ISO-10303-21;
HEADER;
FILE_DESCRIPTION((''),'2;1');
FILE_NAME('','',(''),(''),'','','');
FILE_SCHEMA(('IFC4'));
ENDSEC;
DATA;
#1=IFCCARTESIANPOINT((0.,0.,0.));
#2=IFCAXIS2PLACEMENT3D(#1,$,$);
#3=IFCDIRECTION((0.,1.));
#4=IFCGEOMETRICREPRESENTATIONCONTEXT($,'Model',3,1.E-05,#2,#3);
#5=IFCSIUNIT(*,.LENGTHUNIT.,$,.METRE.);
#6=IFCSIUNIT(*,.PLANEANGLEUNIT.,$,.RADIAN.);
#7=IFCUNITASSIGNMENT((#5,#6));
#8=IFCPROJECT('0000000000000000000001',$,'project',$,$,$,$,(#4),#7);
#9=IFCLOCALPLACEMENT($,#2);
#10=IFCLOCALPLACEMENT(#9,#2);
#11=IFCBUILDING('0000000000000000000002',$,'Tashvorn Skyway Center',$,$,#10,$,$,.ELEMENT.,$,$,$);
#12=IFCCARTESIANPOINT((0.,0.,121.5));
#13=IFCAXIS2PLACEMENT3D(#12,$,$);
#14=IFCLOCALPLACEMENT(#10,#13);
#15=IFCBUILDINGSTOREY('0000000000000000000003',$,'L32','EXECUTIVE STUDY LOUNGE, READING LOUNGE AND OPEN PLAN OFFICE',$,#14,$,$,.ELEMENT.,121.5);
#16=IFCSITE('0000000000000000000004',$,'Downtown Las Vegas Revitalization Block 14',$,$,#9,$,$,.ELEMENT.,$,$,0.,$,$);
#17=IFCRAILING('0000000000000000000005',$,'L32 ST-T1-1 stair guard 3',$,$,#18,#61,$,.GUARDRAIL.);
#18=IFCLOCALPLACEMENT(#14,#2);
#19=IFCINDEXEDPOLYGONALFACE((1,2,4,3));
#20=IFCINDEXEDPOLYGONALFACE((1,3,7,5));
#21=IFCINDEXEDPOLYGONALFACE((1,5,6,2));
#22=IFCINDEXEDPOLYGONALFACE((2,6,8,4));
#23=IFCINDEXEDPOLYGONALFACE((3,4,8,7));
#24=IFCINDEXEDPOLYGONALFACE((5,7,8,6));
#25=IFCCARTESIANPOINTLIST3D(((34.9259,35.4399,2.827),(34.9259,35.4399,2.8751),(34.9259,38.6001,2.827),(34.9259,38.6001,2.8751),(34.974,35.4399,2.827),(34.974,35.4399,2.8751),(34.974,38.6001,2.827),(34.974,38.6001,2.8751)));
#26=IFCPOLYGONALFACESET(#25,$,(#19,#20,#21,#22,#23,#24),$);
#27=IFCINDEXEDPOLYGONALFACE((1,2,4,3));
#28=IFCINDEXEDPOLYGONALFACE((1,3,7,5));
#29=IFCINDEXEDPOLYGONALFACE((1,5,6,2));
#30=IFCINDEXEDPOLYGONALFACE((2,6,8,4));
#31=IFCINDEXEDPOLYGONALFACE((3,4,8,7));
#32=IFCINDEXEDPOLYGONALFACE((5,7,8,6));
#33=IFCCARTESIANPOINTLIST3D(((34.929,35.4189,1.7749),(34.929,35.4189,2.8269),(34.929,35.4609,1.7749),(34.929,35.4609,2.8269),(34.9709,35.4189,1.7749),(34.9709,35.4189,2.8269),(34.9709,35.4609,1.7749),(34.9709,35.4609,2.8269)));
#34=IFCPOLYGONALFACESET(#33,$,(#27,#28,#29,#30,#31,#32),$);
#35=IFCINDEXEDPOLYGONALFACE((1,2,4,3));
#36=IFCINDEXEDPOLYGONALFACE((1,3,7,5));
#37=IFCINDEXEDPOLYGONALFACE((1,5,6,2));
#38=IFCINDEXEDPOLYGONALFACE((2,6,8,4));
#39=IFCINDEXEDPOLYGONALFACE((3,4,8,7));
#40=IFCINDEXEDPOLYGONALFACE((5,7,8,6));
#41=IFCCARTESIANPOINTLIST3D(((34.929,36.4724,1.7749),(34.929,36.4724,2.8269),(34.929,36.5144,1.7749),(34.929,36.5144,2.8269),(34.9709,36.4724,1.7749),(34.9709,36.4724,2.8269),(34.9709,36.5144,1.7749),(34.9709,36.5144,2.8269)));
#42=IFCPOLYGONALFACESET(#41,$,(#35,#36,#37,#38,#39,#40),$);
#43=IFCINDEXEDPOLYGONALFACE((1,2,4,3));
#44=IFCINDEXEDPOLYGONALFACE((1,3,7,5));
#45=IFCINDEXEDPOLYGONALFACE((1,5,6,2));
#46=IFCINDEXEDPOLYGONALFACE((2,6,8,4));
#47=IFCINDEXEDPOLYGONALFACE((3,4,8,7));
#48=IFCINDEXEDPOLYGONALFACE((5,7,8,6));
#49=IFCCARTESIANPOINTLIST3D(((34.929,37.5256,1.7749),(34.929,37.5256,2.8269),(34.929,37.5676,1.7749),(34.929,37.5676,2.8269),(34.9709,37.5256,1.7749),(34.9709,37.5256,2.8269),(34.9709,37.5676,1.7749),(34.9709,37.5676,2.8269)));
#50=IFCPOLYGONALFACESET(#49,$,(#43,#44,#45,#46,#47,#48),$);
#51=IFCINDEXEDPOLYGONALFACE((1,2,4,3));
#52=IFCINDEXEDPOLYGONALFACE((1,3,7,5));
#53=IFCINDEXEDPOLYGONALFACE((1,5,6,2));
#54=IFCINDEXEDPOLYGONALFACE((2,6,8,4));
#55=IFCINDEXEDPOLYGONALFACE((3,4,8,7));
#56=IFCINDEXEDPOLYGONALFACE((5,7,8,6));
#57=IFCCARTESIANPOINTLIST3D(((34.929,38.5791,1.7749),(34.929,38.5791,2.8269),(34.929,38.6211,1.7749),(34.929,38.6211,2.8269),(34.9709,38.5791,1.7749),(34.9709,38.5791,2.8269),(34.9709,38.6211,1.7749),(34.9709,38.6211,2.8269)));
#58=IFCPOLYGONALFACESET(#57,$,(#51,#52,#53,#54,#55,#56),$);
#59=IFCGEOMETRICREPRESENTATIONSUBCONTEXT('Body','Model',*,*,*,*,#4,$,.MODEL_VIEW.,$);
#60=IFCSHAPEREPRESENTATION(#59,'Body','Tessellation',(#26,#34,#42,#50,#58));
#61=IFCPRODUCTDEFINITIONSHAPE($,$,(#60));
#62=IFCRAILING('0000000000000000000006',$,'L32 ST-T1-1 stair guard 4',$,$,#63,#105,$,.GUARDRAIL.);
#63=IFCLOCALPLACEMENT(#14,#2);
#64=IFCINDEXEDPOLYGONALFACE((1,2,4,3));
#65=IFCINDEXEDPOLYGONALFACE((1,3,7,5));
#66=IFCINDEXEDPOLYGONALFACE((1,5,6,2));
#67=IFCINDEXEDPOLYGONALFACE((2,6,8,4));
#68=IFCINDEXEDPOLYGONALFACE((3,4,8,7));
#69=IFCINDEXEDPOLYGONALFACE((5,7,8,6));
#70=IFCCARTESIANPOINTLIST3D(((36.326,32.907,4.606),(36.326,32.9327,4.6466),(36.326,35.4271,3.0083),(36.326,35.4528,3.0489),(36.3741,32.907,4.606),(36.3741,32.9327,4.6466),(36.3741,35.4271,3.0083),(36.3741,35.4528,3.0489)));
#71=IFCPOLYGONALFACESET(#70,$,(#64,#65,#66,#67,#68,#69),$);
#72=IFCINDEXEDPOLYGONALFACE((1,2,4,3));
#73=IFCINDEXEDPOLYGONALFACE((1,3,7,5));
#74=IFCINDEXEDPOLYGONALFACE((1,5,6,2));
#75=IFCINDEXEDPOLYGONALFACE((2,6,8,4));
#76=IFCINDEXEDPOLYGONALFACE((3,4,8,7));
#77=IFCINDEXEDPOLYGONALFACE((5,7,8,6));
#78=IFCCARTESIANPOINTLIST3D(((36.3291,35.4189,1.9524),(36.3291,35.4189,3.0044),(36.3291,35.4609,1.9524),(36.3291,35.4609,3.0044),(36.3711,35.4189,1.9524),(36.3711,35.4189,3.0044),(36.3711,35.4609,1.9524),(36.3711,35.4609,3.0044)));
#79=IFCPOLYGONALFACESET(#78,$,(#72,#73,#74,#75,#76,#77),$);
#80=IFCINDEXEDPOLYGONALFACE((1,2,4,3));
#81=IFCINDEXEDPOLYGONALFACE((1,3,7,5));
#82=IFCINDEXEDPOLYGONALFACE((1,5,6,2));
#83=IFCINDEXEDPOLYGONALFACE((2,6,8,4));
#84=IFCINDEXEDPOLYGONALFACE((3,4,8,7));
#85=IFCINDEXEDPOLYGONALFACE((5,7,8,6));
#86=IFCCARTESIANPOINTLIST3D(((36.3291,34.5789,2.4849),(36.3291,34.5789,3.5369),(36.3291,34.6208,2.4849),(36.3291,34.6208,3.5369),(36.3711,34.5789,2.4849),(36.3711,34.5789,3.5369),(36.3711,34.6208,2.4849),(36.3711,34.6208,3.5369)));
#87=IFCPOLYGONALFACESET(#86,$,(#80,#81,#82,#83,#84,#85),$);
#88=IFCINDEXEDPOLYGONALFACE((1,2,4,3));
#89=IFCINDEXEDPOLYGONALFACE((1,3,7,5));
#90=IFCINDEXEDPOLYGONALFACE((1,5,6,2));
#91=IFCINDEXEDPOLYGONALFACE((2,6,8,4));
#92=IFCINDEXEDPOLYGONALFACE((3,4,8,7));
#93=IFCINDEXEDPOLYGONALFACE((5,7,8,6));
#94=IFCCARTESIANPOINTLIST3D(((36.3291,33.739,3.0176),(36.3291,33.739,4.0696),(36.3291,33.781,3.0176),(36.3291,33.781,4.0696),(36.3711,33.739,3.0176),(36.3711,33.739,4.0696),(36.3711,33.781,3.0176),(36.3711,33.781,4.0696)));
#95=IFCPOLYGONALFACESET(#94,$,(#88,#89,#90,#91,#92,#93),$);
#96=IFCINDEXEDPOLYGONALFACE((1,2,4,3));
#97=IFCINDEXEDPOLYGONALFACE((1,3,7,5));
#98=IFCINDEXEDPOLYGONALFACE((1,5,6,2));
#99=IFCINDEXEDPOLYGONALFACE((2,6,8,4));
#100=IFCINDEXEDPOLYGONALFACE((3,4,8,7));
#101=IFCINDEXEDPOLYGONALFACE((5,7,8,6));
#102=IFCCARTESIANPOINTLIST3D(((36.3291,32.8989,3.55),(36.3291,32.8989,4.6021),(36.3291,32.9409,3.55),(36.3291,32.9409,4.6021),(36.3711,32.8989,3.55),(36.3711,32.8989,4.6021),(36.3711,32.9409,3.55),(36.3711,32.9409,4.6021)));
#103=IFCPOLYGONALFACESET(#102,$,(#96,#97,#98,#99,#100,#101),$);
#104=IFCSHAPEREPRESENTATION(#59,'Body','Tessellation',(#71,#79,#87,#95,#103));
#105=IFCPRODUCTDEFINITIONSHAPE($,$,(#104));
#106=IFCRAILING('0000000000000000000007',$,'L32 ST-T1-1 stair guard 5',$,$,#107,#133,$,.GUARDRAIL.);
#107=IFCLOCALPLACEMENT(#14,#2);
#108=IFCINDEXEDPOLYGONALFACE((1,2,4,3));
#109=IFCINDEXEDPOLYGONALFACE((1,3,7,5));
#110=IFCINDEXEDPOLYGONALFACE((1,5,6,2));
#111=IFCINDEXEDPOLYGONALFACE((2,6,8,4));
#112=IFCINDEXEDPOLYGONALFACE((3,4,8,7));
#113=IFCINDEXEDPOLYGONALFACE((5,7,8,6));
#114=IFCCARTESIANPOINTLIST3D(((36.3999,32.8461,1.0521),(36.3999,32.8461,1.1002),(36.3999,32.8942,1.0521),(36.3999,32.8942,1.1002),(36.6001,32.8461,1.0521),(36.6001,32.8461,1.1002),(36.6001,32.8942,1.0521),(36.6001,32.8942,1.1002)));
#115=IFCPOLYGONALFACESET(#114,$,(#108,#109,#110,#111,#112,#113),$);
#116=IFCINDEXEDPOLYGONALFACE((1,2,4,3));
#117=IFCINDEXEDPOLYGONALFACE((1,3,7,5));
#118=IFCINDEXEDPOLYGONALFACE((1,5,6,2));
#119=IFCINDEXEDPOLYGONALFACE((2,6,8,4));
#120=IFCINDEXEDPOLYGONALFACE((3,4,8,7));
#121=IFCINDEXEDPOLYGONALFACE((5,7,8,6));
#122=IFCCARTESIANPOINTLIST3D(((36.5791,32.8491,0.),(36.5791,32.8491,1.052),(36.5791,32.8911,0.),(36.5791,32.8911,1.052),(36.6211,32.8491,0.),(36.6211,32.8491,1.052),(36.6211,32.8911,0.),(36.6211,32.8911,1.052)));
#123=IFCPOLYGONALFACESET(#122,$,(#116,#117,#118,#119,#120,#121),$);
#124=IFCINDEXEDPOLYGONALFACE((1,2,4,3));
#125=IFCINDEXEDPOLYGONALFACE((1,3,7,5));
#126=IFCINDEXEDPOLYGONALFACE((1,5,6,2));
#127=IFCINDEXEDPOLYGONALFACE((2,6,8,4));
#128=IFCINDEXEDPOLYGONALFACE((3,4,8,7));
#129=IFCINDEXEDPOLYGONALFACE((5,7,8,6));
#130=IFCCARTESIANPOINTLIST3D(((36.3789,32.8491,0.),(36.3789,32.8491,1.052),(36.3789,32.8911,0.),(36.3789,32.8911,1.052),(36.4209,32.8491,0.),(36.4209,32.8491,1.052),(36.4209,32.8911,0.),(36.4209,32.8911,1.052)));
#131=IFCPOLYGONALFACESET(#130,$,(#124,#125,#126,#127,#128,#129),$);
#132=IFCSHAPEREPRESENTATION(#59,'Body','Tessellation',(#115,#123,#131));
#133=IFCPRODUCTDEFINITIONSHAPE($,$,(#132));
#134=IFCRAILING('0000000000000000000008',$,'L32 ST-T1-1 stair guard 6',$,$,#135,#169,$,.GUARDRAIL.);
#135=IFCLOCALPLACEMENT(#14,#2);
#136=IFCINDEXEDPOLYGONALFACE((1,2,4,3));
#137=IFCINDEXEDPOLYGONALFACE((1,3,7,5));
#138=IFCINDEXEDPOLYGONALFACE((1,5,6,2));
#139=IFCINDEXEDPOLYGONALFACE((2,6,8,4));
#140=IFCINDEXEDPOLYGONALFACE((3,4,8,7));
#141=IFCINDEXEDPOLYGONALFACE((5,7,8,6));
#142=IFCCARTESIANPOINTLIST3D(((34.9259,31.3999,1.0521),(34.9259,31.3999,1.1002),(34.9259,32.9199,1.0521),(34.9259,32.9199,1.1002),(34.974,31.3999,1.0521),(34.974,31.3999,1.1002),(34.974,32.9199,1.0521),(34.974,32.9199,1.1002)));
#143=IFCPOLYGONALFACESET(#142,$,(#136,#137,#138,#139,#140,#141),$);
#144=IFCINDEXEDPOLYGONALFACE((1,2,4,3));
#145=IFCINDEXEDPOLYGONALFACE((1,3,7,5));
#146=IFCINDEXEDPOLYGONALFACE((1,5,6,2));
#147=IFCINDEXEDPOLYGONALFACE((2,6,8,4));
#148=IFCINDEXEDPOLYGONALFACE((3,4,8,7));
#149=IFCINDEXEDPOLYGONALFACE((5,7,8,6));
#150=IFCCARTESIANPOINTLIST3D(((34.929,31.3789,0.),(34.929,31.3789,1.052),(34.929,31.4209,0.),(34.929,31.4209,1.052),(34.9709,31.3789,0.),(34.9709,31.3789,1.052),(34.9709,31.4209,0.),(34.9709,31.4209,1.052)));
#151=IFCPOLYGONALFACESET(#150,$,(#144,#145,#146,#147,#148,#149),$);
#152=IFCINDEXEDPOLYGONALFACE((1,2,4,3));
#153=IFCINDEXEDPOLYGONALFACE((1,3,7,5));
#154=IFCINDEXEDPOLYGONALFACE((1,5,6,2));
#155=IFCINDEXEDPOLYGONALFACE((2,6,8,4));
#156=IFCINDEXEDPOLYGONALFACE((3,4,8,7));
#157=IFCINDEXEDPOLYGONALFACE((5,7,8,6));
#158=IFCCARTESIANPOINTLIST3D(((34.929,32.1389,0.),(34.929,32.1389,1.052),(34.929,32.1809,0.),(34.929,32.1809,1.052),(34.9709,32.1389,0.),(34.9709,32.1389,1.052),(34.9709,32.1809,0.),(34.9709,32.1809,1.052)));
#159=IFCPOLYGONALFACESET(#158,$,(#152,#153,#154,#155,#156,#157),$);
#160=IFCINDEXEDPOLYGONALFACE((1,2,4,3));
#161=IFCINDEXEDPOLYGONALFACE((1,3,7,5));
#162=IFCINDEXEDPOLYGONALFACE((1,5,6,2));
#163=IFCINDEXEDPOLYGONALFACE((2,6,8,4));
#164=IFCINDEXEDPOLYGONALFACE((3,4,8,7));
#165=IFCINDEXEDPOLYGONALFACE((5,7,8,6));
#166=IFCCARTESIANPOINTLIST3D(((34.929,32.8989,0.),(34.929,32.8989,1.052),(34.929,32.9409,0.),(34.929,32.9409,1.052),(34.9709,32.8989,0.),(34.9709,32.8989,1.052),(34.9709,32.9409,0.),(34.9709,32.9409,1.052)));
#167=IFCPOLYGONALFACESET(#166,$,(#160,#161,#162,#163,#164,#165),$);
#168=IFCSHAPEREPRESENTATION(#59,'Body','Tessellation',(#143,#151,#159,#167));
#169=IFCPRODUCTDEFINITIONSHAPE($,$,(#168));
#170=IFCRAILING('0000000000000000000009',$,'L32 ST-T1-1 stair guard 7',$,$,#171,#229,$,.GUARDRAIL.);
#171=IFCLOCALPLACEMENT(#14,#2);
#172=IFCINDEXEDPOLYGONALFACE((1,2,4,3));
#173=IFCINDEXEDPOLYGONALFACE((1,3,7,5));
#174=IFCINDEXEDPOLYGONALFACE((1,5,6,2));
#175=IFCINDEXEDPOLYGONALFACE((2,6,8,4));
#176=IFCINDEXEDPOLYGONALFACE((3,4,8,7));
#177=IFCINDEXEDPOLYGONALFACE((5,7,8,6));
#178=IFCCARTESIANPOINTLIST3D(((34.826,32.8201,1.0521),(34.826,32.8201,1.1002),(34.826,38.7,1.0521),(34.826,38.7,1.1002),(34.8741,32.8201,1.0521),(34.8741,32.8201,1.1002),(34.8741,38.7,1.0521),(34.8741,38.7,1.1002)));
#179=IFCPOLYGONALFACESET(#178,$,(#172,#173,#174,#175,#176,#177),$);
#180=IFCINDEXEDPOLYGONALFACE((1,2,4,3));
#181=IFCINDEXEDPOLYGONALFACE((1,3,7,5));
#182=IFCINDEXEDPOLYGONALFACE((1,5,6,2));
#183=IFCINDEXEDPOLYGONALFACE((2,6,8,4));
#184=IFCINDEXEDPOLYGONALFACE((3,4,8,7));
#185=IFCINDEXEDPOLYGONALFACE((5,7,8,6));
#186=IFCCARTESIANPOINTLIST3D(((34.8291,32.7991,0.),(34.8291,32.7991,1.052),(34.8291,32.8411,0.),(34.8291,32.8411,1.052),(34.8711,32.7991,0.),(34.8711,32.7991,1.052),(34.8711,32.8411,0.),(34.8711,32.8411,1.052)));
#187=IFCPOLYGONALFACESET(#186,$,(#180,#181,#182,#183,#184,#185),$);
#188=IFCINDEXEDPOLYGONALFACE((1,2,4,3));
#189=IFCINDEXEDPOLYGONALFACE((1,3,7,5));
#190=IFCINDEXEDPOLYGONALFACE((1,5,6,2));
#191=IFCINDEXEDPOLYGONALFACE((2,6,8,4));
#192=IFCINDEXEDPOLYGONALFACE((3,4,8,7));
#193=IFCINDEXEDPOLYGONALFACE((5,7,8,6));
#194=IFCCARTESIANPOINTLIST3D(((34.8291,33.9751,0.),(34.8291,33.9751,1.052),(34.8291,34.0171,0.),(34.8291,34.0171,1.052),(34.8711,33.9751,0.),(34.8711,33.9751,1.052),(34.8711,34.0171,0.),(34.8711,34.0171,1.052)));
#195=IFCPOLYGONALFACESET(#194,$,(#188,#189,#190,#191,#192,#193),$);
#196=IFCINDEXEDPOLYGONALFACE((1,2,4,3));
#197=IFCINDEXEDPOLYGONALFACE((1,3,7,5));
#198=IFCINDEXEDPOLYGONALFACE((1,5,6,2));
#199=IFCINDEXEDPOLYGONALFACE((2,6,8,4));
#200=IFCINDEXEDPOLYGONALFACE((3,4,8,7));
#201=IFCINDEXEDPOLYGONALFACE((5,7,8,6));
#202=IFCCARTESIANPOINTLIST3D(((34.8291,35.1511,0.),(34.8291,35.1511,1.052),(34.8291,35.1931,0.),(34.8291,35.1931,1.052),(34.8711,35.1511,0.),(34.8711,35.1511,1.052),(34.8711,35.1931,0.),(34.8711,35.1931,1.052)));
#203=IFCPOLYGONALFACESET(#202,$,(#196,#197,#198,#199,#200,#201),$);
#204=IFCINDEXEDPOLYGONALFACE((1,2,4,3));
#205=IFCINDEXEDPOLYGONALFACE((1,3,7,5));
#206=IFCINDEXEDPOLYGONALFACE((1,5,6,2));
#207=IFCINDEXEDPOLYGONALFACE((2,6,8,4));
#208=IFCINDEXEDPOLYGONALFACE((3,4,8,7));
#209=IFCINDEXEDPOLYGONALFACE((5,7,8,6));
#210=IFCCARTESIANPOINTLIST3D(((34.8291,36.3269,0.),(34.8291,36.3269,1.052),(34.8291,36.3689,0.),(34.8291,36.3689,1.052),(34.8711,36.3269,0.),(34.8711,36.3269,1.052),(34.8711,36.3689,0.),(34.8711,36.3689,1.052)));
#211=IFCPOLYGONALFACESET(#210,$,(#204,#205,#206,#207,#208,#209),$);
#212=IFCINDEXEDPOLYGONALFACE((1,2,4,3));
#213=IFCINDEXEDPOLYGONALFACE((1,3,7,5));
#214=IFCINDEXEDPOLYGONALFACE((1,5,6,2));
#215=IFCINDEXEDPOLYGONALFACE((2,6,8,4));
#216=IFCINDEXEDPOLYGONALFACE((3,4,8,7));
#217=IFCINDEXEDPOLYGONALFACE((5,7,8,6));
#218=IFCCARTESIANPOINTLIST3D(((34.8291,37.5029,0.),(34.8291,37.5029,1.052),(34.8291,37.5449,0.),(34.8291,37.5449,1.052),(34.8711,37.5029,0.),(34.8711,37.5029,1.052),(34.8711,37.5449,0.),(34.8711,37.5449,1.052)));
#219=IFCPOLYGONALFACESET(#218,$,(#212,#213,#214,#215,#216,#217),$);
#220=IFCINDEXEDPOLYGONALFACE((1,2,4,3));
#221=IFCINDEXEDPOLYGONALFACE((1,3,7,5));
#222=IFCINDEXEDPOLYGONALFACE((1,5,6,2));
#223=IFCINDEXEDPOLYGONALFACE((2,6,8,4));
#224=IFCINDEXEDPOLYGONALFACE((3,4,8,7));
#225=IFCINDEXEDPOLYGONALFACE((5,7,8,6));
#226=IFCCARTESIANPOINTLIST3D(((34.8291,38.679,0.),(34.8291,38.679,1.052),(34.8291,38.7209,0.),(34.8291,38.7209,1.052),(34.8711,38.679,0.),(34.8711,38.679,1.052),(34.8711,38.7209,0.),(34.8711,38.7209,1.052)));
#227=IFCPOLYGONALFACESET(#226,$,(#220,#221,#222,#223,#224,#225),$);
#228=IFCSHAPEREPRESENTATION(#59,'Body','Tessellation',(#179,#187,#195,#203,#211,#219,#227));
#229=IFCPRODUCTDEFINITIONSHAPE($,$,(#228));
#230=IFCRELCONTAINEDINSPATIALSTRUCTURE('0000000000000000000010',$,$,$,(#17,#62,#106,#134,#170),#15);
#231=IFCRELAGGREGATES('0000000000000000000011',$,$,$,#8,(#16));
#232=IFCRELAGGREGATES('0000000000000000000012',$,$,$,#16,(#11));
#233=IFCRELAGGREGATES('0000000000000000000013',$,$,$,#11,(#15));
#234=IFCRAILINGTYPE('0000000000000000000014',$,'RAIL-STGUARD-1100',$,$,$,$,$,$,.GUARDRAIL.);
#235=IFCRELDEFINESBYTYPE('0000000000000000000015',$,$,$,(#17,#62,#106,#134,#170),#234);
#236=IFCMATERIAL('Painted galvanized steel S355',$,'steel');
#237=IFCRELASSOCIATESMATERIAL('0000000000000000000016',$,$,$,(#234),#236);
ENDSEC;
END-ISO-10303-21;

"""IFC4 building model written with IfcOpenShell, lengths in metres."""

from ifc_helpers import new_model, si_unit, direction, frame, origin, origin_2d, place, context, subcontext, project, spatial, rectangle, extrude, material, type_object, element, save


model = new_model("IFC4")

# Units and contexts
model_context = context("Model", 3, precision=1e-05, world=origin(), true_north=direction((0.0, 1.0)))
body_context = subcontext(model_context, "Body", "Model", "MODEL_VIEW")
ifc_project = project(units=[si_unit("LENGTHUNIT", "METRE"), si_unit("PLANEANGLEUNIT", "RADIAN")], contexts=[model_context])

# Site, building, storey
site_placement = place(None, origin())
site = spatial("IfcSite", under=ifc_project, at=site_placement, Name="Downtown Las Vegas Revitalization Block 14", CompositionType="ELEMENT", RefElevation=0.0)
building_placement = place(site_placement, origin())
building = spatial("IfcBuilding", under=site, at=building_placement, Name="Tashvorn Skyway Center", CompositionType="ELEMENT")
storey_placement = place(building_placement, frame((0.0, 0.0, 121.5)))
storey = spatial("IfcBuildingStorey", under=building, at=storey_placement, Name="L32", Description="EXECUTIVE STUDY LOUNGE, READING LOUNGE AND OPEN PLAN OFFICE", CompositionType="ELEMENT", Elevation=121.5)

# Railings
ifc_material_1 = material(Name="Painted galvanized steel S355", Category="steel")
railing_type_1 = type_object("IfcRailingType", Name="RAIL-STGUARD-1100", PredefinedType="GUARDRAIL", material=ifc_material_1)
railing_1_placement = place(storey_placement, frame((34.95, 35.4399, 1.7749)))
element("IfcRailing", 1, at=railing_1_placement, inside=storey, type_object=railing_type_1, Name="L32 ST-T1-1 stair guard 3", PredefinedType="GUARDRAIL", context=body_context, shape_type="SweptSolid", body=[
    extrude(rectangle(XDim=0.0481, YDim=0.0481, at=origin_2d()), frame((0.0, 0.0, 1.0762), z_axis=(0.0, 1.0, 0.0), x_axis=(-1.0, 0.0, 0.0)), (0.0, 0.0, 1.0), 3.1602),
    extrude(rectangle(XDim=0.042, YDim=0.042, at=origin_2d()), origin(), (0.0, 0.0, 1.0), 1.052),
    extrude(rectangle(XDim=0.042, YDim=0.042, at=origin_2d()), frame((0.0, 1.0535, 0.0)), (0.0, 0.0, 1.0), 1.052),
    extrude(rectangle(XDim=0.042, YDim=0.042, at=origin_2d()), frame((0.0, 2.1067, 0.0)), (0.0, 0.0, 1.0), 1.052),
    extrude(rectangle(XDim=0.042, YDim=0.042, at=origin_2d()), frame((0.0, 3.1602, 0.0)), (0.0, 0.0, 1.0), 1.052),
])
railing_2_placement = place(storey_placement, frame((36.3501, 35.4399, 1.9524)))
element("IfcRailing", 2, at=railing_2_placement, inside=storey, type_object=railing_type_1, Name="L32 ST-T1-1 stair guard 4", PredefinedType="GUARDRAIL", context=body_context, shape_type="SweptSolid", body=[
    extrude(rectangle(XDim=0.0481, YDim=0.0481, at=origin_2d()), frame((0.0, 0.0, 1.0762), z_axis=(0.0, -0.84457, 0.535445), x_axis=(1.0, 0.0, 0.0)), (0.0, 0.0, 1.0), 2.9839),
    extrude(rectangle(XDim=0.042, YDim=0.042, at=origin_2d()), origin(), (0.0, 0.0, 1.0), 1.052),
    extrude(rectangle(XDim=0.042, YDim=0.042, at=origin_2d()), frame((0.0, -0.8401, 0.5325)), (0.0, 0.0, 1.0), 1.052),
    extrude(rectangle(XDim=0.042, YDim=0.042, at=origin_2d()), frame((0.0, -1.6799, 1.0652)), (0.0, 0.0, 1.0), 1.052),
    extrude(rectangle(XDim=0.042, YDim=0.042, at=origin_2d()), frame((0.0, -2.52, 1.5977)), (0.0, 0.0, 1.0), 1.052),
])
railing_3_placement = place(storey_placement, frame((36.6001, 32.8701, 0.0)))
element("IfcRailing", 3, at=railing_3_placement, inside=storey, type_object=railing_type_1, Name="L32 ST-T1-1 stair guard 5", PredefinedType="GUARDRAIL", context=body_context, shape_type="SweptSolid", body=[
    extrude(rectangle(XDim=0.0481, YDim=0.0481, at=origin_2d()), frame((0.0, 0.0, 1.0762), z_axis=(-1.0, 0.0, 0.0), x_axis=(0.0, -1.0, 0.0)), (0.0, 0.0, 1.0), 0.2002),
    extrude(rectangle(XDim=0.042, YDim=0.042, at=origin_2d()), origin(), (0.0, 0.0, 1.0), 1.052),
    extrude(rectangle(XDim=0.042, YDim=0.042, at=origin_2d()), frame((-0.2002, 0.0, 0.0)), (0.0, 0.0, 1.0), 1.052),
])
railing_4_placement = place(storey_placement, frame((34.95, 31.3999, 0.0)))
element("IfcRailing", 4, at=railing_4_placement, inside=storey, type_object=railing_type_1, Name="L32 ST-T1-1 stair guard 6", PredefinedType="GUARDRAIL", context=body_context, shape_type="SweptSolid", body=[
    extrude(rectangle(XDim=0.0481, YDim=0.0481, at=origin_2d()), frame((0.0, 0.0, 1.0762), z_axis=(0.0, 1.0, 0.0), x_axis=(-1.0, 0.0, 0.0)), (0.0, 0.0, 1.0), 1.52),
    extrude(rectangle(XDim=0.042, YDim=0.042, at=origin_2d()), origin(), (0.0, 0.0, 1.0), 1.052),
    extrude(rectangle(XDim=0.042, YDim=0.042, at=origin_2d()), frame((0.0, 0.76, 0.0)), (0.0, 0.0, 1.0), 1.052),
    extrude(rectangle(XDim=0.042, YDim=0.042, at=origin_2d()), frame((0.0, 1.52, 0.0)), (0.0, 0.0, 1.0), 1.052),
])
railing_5_placement = place(storey_placement, frame((34.8501, 32.8201, 0.0)))
element("IfcRailing", 5, at=railing_5_placement, inside=storey, type_object=railing_type_1, Name="L32 ST-T1-1 stair guard 7", PredefinedType="GUARDRAIL", context=body_context, shape_type="SweptSolid", body=[
    extrude(rectangle(XDim=0.0481, YDim=0.0481, at=origin_2d()), frame((0.0, 0.0, 1.0762), z_axis=(0.0, 1.0, 0.0), x_axis=(-1.0, 0.0, 0.0)), (0.0, 0.0, 1.0), 5.8799),
    extrude(rectangle(XDim=0.042, YDim=0.042, at=origin_2d()), origin(), (0.0, 0.0, 1.0), 1.052),
    extrude(rectangle(XDim=0.042, YDim=0.042, at=origin_2d()), frame((0.0, 1.176, 0.0)), (0.0, 0.0, 1.0), 1.052),
    extrude(rectangle(XDim=0.042, YDim=0.042, at=origin_2d()), frame((0.0, 2.3521, 0.0)), (0.0, 0.0, 1.0), 1.052),
    extrude(rectangle(XDim=0.042, YDim=0.042, at=origin_2d()), frame((0.0, 3.5278, 0.0)), (0.0, 0.0, 1.0), 1.052),
    extrude(rectangle(XDim=0.042, YDim=0.042, at=origin_2d()), frame((0.0, 4.7039, 0.0)), (0.0, 0.0, 1.0), 1.052),
    extrude(rectangle(XDim=0.042, YDim=0.042, at=origin_2d()), frame((0.0, 5.8799, 0.0)), (0.0, 0.0, 1.0), 1.052),
])

save(model, "model.ifc")
